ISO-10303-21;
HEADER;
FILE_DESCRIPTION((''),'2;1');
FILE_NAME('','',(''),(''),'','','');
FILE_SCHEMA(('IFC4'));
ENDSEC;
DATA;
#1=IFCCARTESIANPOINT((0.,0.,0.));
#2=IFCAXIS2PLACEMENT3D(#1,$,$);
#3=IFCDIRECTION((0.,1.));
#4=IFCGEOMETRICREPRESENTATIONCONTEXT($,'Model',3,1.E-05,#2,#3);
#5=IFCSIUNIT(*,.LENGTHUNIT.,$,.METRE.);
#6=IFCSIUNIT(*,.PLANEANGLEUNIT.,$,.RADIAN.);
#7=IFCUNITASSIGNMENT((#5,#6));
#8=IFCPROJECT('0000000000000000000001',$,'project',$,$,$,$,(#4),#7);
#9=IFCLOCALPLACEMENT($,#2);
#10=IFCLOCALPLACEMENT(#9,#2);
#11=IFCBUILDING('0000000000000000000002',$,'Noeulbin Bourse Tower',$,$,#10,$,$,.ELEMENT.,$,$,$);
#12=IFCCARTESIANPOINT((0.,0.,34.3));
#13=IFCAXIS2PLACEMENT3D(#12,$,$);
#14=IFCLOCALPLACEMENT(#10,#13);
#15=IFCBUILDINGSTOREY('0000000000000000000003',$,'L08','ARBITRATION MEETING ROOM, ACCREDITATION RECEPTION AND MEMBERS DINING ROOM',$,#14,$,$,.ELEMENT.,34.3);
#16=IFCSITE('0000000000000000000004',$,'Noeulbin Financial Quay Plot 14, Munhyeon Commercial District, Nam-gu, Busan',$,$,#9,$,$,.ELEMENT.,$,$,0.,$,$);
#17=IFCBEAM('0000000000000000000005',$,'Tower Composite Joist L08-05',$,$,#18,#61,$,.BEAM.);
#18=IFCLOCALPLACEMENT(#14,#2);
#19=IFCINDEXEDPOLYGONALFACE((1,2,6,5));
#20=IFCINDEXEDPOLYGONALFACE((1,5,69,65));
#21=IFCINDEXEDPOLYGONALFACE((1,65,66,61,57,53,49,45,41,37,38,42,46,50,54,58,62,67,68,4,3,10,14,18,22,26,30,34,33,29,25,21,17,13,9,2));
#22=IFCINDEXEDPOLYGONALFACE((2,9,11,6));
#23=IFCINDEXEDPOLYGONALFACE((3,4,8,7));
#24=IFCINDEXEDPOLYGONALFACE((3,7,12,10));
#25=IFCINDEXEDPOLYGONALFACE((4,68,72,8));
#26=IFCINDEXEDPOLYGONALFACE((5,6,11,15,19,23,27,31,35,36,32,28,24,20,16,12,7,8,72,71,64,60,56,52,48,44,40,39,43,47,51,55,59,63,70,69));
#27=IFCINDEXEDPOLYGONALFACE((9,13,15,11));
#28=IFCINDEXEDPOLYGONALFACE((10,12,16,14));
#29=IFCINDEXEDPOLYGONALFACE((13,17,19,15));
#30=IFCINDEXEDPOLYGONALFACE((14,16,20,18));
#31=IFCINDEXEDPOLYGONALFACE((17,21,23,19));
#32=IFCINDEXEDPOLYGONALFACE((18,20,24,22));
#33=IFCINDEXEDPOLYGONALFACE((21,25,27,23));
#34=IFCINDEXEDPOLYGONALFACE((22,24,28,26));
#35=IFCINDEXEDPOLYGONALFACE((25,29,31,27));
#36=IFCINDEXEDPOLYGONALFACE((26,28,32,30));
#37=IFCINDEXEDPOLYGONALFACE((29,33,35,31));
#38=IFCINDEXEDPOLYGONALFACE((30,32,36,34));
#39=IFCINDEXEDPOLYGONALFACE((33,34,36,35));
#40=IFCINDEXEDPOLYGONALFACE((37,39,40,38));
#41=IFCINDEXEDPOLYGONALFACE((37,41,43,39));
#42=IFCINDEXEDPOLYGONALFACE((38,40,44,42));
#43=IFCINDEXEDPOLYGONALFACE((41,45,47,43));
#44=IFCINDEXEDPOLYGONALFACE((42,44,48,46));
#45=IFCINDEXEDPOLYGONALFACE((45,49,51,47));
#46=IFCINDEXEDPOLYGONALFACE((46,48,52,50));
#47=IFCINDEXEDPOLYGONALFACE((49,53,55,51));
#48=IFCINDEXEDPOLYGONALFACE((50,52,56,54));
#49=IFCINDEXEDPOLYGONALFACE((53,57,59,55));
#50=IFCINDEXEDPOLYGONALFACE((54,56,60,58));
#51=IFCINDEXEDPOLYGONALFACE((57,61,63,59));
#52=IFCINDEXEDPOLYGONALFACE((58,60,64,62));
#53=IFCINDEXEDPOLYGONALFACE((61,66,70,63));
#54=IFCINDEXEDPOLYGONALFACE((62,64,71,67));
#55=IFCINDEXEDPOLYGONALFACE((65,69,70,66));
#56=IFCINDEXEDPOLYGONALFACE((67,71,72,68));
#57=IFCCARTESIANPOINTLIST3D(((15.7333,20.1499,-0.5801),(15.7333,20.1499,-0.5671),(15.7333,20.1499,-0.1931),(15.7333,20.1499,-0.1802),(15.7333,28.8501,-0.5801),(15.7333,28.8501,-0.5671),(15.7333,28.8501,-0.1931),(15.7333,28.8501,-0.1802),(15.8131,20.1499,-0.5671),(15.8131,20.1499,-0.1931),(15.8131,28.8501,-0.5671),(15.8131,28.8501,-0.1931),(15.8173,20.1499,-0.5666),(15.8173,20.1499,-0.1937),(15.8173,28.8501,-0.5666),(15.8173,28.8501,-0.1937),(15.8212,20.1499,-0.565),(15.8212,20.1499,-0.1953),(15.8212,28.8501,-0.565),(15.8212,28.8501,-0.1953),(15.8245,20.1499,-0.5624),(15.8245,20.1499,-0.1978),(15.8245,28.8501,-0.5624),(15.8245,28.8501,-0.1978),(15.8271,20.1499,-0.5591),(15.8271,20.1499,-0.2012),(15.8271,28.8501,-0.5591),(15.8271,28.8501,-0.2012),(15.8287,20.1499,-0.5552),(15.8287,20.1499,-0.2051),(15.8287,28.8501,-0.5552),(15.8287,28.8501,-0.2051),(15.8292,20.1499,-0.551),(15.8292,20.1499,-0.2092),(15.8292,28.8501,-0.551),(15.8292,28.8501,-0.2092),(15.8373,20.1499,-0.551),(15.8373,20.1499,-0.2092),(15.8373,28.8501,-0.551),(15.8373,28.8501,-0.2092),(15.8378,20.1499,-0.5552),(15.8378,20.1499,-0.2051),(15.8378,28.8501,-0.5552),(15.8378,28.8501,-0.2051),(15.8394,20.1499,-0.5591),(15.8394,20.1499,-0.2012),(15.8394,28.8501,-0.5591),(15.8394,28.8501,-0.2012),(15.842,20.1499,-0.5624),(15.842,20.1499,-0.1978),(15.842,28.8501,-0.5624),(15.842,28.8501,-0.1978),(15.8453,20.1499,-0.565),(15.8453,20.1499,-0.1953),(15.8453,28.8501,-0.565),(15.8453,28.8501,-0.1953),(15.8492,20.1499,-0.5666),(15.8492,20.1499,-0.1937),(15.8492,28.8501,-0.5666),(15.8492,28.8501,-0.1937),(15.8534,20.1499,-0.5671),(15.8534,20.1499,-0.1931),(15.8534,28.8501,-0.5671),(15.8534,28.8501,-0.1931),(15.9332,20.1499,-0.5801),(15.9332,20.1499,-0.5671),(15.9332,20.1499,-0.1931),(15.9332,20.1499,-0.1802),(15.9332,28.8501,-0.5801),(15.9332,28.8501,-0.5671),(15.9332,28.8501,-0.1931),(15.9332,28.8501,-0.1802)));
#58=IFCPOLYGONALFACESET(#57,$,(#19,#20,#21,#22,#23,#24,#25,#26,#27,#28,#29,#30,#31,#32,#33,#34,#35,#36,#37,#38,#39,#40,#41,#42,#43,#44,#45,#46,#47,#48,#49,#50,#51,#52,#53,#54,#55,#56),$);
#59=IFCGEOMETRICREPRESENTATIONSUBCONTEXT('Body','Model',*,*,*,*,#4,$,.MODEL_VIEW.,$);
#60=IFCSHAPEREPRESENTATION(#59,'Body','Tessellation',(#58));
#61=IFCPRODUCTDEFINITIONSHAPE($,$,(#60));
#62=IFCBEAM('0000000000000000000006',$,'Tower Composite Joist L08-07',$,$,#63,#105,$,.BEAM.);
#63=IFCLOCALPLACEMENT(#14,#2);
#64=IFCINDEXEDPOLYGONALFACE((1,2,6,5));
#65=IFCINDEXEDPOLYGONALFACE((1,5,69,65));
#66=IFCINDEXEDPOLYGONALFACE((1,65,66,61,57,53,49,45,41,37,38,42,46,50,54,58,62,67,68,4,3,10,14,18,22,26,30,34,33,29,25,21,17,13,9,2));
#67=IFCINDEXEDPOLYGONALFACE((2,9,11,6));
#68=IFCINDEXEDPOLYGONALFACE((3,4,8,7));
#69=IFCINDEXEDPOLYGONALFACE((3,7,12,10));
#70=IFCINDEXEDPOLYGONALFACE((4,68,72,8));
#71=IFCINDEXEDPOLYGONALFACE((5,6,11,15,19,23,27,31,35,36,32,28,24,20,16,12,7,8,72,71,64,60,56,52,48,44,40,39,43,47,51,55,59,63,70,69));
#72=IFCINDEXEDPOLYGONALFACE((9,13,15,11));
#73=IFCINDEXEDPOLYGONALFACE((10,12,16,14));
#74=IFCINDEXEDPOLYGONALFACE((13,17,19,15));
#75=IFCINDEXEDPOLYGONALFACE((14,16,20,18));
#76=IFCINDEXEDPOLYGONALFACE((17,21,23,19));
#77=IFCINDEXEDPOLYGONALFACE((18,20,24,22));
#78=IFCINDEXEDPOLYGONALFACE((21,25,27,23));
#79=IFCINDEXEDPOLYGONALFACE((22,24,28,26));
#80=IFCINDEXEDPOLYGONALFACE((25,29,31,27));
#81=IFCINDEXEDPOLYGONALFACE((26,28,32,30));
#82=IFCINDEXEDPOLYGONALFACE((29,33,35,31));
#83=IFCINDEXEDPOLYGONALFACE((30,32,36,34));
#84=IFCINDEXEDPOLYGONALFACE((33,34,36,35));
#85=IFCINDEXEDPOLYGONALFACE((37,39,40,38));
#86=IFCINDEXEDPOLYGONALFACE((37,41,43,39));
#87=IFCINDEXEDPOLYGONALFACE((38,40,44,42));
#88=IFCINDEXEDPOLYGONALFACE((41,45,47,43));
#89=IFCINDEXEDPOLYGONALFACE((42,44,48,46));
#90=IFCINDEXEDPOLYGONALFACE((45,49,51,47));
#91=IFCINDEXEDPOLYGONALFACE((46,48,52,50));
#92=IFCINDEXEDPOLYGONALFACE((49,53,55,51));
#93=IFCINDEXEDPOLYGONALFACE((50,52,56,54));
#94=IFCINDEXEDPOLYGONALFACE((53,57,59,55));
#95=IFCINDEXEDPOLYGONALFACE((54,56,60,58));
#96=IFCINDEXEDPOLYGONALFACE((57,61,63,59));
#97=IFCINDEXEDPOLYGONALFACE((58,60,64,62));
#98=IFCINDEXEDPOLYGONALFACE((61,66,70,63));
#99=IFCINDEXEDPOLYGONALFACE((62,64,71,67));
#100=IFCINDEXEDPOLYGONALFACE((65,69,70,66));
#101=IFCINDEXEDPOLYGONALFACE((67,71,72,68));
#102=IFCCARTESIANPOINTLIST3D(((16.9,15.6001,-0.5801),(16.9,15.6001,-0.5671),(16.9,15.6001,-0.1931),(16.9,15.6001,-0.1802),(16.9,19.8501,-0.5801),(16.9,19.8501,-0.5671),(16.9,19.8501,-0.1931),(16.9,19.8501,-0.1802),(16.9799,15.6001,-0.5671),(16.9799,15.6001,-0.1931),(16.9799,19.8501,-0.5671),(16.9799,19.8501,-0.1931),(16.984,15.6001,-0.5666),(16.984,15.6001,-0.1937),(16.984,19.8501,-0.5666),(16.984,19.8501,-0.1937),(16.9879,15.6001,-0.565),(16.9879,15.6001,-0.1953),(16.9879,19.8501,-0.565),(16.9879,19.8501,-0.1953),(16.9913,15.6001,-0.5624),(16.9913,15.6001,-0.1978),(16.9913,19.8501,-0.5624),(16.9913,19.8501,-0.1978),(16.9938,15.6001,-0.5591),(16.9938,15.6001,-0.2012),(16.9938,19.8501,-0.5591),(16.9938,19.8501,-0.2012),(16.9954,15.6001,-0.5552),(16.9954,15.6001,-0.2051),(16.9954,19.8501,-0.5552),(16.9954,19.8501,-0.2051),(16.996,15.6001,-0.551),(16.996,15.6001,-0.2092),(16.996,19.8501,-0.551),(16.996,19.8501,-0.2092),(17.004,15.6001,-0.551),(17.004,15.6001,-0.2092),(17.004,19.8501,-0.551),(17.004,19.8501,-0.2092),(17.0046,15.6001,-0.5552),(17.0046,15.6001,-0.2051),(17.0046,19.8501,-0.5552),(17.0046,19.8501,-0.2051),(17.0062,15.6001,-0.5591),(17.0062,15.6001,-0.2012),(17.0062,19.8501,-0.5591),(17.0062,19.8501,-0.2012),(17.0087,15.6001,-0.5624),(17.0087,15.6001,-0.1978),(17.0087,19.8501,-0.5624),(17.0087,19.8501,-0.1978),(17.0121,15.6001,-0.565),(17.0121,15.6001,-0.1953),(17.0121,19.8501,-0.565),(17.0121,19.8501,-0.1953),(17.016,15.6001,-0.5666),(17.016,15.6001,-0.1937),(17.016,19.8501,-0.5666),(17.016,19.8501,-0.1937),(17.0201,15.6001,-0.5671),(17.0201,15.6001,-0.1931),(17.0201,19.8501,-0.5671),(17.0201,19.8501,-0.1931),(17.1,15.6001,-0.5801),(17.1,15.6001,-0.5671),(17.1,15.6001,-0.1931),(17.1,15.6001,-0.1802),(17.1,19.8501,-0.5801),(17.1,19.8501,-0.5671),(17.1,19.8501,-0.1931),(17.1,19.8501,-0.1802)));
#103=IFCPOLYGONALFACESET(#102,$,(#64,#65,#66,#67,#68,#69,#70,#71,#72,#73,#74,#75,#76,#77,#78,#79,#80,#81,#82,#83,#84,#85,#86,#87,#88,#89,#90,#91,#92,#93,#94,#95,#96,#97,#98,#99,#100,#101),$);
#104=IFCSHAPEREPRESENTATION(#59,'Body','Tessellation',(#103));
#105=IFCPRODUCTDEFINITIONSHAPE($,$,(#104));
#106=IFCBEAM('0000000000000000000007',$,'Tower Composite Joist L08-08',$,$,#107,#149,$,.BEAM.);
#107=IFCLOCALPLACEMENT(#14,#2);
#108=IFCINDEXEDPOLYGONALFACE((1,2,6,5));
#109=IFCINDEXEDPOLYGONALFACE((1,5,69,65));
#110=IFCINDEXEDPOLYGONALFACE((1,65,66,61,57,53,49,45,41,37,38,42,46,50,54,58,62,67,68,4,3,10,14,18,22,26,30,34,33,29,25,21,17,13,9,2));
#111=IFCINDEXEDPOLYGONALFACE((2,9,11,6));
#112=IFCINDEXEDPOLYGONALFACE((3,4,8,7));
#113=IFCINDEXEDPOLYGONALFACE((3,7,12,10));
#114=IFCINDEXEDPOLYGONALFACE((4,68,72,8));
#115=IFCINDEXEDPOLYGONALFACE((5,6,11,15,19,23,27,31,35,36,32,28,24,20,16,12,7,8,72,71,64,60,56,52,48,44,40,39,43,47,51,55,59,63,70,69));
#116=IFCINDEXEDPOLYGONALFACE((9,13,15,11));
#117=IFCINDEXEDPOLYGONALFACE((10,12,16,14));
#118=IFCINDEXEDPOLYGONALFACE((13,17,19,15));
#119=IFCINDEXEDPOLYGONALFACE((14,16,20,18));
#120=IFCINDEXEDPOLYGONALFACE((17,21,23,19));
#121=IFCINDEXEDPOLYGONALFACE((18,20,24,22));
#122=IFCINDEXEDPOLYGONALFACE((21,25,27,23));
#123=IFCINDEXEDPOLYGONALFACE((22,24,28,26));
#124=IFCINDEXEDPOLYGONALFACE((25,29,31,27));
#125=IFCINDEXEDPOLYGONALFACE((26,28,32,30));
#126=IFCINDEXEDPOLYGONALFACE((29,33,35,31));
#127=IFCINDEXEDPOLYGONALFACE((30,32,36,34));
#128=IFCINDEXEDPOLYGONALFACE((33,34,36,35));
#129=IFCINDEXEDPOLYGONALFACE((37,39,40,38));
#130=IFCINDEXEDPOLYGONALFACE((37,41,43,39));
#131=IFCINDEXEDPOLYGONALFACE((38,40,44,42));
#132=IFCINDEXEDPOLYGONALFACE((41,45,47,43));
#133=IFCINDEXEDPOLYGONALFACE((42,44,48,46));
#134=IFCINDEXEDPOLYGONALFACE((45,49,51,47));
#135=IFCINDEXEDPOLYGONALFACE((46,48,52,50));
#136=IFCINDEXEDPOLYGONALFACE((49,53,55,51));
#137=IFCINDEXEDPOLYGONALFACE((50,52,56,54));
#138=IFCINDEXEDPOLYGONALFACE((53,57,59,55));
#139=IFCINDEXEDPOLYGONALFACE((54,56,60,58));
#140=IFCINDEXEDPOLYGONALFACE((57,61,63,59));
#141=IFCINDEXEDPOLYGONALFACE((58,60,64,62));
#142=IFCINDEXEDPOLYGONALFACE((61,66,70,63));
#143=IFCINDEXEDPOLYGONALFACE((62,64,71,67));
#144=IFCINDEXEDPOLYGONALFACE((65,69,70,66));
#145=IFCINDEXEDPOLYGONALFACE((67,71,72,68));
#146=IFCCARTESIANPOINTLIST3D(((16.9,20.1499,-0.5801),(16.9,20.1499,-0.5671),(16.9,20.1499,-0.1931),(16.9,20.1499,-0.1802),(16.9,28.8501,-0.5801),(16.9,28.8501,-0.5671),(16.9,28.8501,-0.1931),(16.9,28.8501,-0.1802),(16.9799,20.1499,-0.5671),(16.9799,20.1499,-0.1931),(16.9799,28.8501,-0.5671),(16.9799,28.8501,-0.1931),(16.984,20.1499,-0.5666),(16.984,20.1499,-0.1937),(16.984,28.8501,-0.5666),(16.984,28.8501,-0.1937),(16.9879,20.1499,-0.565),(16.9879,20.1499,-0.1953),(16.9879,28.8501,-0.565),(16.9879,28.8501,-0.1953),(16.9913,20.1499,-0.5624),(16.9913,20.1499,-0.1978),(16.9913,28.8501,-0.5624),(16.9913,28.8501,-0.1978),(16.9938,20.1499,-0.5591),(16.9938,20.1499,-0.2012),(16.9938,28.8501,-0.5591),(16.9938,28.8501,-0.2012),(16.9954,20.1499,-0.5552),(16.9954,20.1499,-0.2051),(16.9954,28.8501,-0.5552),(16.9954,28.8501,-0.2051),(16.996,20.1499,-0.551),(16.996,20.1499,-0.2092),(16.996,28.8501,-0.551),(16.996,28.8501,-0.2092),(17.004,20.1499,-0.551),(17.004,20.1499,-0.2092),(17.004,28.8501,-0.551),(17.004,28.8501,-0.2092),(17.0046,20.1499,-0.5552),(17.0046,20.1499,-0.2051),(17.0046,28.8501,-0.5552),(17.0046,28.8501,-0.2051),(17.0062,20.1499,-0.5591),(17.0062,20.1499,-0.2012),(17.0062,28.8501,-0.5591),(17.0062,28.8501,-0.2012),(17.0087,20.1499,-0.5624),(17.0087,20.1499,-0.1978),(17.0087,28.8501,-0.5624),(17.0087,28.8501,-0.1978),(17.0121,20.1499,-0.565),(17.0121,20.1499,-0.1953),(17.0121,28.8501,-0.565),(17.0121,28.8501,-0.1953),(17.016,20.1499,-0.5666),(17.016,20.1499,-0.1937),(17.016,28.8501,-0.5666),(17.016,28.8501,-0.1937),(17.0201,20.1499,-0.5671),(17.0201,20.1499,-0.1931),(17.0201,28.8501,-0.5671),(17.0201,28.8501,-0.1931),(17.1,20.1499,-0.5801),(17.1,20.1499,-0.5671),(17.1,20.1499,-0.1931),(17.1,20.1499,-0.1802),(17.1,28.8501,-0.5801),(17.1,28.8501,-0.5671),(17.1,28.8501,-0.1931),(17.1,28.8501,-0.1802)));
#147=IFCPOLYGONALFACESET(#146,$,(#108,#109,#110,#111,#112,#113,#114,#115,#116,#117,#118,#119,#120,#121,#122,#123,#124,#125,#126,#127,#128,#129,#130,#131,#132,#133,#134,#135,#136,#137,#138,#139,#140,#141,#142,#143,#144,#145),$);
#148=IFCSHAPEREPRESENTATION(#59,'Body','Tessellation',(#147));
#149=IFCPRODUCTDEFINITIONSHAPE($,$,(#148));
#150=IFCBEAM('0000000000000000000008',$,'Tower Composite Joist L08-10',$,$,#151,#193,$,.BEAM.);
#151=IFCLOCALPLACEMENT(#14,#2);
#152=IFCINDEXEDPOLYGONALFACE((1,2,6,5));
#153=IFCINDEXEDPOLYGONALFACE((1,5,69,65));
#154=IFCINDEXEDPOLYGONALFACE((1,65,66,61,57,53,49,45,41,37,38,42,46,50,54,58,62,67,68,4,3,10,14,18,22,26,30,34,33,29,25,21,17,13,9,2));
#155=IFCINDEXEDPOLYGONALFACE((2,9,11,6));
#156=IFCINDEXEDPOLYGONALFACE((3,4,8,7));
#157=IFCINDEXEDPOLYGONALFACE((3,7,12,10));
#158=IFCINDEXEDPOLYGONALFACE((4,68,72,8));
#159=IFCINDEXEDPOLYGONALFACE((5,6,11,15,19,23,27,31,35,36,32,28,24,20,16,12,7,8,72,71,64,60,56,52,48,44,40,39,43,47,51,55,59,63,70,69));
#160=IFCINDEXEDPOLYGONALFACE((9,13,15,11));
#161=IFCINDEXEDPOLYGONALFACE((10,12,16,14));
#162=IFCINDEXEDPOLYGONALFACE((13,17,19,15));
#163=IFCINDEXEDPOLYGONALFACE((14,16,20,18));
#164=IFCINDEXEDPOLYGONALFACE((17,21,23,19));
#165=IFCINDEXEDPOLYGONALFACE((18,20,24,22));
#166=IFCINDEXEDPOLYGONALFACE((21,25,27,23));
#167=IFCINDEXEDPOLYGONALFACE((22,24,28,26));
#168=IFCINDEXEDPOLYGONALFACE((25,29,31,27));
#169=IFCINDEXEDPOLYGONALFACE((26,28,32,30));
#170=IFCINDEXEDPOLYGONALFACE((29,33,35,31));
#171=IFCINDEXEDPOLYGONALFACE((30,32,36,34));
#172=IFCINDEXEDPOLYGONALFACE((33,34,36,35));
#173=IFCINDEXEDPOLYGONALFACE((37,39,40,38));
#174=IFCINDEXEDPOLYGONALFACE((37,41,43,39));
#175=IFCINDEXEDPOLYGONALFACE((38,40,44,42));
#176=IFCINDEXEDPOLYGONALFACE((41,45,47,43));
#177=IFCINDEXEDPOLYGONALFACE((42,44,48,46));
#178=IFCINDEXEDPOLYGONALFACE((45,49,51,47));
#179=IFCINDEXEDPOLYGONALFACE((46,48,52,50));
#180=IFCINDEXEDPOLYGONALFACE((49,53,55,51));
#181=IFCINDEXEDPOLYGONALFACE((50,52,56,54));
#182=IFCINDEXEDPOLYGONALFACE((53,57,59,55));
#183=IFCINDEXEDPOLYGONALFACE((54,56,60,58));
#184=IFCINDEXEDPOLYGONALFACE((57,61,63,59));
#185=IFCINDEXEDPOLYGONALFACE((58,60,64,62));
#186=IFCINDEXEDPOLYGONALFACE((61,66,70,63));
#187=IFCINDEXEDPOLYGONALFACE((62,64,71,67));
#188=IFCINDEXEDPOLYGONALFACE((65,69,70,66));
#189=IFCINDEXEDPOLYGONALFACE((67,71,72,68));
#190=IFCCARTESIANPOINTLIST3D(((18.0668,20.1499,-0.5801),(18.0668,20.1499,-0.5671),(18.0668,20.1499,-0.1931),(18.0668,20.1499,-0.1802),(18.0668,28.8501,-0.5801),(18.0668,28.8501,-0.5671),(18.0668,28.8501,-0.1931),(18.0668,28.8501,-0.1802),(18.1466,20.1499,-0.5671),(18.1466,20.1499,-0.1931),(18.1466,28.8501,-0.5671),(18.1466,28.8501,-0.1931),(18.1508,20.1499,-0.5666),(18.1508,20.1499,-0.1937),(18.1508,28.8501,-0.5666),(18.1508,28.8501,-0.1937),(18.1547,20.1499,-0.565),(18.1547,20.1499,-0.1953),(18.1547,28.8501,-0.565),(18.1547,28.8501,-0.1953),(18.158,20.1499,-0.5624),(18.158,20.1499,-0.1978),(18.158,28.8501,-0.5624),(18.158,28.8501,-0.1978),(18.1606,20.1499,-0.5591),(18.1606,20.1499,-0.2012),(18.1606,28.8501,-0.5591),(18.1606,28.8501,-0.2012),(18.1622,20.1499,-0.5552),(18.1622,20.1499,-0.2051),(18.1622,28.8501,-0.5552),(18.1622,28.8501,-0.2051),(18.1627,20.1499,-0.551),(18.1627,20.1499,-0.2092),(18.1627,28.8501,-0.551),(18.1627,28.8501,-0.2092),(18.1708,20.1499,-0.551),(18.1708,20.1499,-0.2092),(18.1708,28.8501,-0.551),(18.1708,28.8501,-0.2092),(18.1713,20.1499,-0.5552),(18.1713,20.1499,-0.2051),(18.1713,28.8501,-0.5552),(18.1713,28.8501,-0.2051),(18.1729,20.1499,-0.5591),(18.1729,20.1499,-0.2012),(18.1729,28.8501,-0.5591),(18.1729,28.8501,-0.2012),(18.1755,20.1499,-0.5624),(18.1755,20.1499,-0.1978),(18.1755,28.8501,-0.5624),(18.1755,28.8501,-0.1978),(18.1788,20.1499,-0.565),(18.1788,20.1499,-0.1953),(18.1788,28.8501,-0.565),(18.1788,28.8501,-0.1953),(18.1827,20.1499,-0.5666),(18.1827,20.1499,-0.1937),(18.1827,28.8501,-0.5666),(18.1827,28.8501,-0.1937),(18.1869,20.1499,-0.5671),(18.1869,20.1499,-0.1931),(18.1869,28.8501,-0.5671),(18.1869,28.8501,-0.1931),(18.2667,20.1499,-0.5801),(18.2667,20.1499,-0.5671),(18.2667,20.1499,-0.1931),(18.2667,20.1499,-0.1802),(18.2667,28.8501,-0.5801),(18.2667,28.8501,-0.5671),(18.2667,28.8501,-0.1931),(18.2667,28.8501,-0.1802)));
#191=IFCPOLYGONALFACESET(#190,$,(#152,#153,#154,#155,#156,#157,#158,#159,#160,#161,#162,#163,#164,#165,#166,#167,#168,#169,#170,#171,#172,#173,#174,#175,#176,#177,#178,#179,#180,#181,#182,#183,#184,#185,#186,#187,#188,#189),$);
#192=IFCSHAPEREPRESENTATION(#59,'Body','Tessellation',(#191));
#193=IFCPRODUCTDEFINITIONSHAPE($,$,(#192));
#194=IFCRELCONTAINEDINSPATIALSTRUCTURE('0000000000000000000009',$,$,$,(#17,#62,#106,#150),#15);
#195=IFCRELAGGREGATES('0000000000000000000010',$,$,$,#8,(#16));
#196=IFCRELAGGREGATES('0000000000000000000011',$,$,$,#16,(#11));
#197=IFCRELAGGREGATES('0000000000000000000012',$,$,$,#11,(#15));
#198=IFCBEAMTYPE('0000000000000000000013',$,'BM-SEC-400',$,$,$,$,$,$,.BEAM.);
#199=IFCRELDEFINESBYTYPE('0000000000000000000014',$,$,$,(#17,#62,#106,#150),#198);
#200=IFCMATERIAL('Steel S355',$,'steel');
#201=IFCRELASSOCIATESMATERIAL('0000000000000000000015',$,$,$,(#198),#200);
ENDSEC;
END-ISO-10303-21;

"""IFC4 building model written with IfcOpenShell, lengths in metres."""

from ifc_helpers import new_model, si_unit, direction, frame, origin, origin_2d, place, context, subcontext, project, spatial, i_section, extrude, material, material_profile, profile_set, type_object, element, save


model = new_model("IFC4")

# Units and contexts
model_context = context("Model", 3, precision=1e-05, world=origin(), true_north=direction((0.0, 1.0)))
body_context = subcontext(model_context, "Body", "Model", "MODEL_VIEW")
ifc_project = project(units=[si_unit("LENGTHUNIT", "METRE"), si_unit("PLANEANGLEUNIT", "RADIAN")], contexts=[model_context])

# Site, building, storey
site_placement = place(None, origin())
site = spatial("IfcSite", under=ifc_project, at=site_placement, Name="Noeulbin Financial Quay Plot 14, Munhyeon Commercial District, Nam-gu, Busan", CompositionType="ELEMENT", RefElevation=0.0)
building_placement = place(site_placement, origin())
building = spatial("IfcBuilding", under=site, at=building_placement, Name="Noeulbin Bourse Tower", CompositionType="ELEMENT")
storey_placement = place(building_placement, frame((0.0, 0.0, 34.3)))
storey = spatial("IfcBuildingStorey", under=building, at=storey_placement, Name="L08", Description="ARBITRATION MEETING ROOM, ACCREDITATION RECEPTION AND MEMBERS DINING ROOM", CompositionType="ELEMENT", Elevation=34.3)

# Beams
ifc_material_1 = material(Name="Steel S355", Category="steel")
ifc_material_profile_1 = material_profile(ifc_material_1, i_section(OverallWidth=0.2, OverallDepth=0.3999, WebThickness=0.0081, FlangeThickness=0.0129, FilletRadius=0.0161, at=origin_2d()), Name="H-400x200x8x13", Category="LoadBearing")
ifc_profile_set_1 = profile_set([ifc_material_profile_1], Name="Steel S355")
beam_type_1 = type_object("IfcBeamType", Name="BM-SEC-400", PredefinedType="BEAM", material=ifc_profile_set_1)
beam_1_placement = place(storey_placement, frame((15.8333, 20.1499, -0.3801), z_axis=(0.0, 1.0, 0.0), x_axis=(-1.0, 0.0, 0.0)))
element("IfcBeam", 1, at=beam_1_placement, inside=storey, type_object=beam_type_1, Name="Tower Composite Joist L08-05", PredefinedType="BEAM", context=body_context, shape_type="SweptSolid", body=[
    extrude(i_section(OverallWidth=0.2, OverallDepth=0.3999, WebThickness=0.0081, FlangeThickness=0.0129, FilletRadius=0.0161, at=origin_2d()), origin(), (0.0, 0.0, 1.0), 8.7002),
])
beam_2_placement = place(storey_placement, frame((17.0, 15.6001, -0.3801), z_axis=(0.0, 1.0, 0.0), x_axis=(-1.0, 0.0, 0.0)))
element("IfcBeam", 2, at=beam_2_placement, inside=storey, type_object=beam_type_1, Name="Tower Composite Joist L08-07", PredefinedType="BEAM", context=body_context, shape_type="SweptSolid", body=[
    extrude(i_section(OverallWidth=0.2, OverallDepth=0.3999, WebThickness=0.0081, FlangeThickness=0.0129, FilletRadius=0.0161, at=origin_2d()), origin(), (0.0, 0.0, 1.0), 4.25),
])
for number, where, z_axis, x_axis, name in (
    (3, (17.0, 20.1499, -0.3801), (0.0, 1.0, 0.0), (-1.0, 0.0, 0.0), "Tower Composite Joist L08-08"),
    (4, (18.1667, 20.1499, -0.3801), (0.0, 1.0, 0.0), (-1.0, 0.0, 0.0), "Tower Composite Joist L08-10"),
):
    element("IfcBeam", number, at=place(storey_placement, frame(where, z_axis=z_axis, x_axis=x_axis)), inside=storey, type_object=beam_type_1, Name=name, PredefinedType="BEAM", context=body_context, shape_type="SweptSolid", body=[
        extrude(i_section(OverallWidth=0.2, OverallDepth=0.3999, WebThickness=0.0081, FlangeThickness=0.0129, FilletRadius=0.0161, at=origin_2d()), origin(), (0.0, 0.0, 1.0), 8.7002),
    ])

save(model, "model.ifc")
